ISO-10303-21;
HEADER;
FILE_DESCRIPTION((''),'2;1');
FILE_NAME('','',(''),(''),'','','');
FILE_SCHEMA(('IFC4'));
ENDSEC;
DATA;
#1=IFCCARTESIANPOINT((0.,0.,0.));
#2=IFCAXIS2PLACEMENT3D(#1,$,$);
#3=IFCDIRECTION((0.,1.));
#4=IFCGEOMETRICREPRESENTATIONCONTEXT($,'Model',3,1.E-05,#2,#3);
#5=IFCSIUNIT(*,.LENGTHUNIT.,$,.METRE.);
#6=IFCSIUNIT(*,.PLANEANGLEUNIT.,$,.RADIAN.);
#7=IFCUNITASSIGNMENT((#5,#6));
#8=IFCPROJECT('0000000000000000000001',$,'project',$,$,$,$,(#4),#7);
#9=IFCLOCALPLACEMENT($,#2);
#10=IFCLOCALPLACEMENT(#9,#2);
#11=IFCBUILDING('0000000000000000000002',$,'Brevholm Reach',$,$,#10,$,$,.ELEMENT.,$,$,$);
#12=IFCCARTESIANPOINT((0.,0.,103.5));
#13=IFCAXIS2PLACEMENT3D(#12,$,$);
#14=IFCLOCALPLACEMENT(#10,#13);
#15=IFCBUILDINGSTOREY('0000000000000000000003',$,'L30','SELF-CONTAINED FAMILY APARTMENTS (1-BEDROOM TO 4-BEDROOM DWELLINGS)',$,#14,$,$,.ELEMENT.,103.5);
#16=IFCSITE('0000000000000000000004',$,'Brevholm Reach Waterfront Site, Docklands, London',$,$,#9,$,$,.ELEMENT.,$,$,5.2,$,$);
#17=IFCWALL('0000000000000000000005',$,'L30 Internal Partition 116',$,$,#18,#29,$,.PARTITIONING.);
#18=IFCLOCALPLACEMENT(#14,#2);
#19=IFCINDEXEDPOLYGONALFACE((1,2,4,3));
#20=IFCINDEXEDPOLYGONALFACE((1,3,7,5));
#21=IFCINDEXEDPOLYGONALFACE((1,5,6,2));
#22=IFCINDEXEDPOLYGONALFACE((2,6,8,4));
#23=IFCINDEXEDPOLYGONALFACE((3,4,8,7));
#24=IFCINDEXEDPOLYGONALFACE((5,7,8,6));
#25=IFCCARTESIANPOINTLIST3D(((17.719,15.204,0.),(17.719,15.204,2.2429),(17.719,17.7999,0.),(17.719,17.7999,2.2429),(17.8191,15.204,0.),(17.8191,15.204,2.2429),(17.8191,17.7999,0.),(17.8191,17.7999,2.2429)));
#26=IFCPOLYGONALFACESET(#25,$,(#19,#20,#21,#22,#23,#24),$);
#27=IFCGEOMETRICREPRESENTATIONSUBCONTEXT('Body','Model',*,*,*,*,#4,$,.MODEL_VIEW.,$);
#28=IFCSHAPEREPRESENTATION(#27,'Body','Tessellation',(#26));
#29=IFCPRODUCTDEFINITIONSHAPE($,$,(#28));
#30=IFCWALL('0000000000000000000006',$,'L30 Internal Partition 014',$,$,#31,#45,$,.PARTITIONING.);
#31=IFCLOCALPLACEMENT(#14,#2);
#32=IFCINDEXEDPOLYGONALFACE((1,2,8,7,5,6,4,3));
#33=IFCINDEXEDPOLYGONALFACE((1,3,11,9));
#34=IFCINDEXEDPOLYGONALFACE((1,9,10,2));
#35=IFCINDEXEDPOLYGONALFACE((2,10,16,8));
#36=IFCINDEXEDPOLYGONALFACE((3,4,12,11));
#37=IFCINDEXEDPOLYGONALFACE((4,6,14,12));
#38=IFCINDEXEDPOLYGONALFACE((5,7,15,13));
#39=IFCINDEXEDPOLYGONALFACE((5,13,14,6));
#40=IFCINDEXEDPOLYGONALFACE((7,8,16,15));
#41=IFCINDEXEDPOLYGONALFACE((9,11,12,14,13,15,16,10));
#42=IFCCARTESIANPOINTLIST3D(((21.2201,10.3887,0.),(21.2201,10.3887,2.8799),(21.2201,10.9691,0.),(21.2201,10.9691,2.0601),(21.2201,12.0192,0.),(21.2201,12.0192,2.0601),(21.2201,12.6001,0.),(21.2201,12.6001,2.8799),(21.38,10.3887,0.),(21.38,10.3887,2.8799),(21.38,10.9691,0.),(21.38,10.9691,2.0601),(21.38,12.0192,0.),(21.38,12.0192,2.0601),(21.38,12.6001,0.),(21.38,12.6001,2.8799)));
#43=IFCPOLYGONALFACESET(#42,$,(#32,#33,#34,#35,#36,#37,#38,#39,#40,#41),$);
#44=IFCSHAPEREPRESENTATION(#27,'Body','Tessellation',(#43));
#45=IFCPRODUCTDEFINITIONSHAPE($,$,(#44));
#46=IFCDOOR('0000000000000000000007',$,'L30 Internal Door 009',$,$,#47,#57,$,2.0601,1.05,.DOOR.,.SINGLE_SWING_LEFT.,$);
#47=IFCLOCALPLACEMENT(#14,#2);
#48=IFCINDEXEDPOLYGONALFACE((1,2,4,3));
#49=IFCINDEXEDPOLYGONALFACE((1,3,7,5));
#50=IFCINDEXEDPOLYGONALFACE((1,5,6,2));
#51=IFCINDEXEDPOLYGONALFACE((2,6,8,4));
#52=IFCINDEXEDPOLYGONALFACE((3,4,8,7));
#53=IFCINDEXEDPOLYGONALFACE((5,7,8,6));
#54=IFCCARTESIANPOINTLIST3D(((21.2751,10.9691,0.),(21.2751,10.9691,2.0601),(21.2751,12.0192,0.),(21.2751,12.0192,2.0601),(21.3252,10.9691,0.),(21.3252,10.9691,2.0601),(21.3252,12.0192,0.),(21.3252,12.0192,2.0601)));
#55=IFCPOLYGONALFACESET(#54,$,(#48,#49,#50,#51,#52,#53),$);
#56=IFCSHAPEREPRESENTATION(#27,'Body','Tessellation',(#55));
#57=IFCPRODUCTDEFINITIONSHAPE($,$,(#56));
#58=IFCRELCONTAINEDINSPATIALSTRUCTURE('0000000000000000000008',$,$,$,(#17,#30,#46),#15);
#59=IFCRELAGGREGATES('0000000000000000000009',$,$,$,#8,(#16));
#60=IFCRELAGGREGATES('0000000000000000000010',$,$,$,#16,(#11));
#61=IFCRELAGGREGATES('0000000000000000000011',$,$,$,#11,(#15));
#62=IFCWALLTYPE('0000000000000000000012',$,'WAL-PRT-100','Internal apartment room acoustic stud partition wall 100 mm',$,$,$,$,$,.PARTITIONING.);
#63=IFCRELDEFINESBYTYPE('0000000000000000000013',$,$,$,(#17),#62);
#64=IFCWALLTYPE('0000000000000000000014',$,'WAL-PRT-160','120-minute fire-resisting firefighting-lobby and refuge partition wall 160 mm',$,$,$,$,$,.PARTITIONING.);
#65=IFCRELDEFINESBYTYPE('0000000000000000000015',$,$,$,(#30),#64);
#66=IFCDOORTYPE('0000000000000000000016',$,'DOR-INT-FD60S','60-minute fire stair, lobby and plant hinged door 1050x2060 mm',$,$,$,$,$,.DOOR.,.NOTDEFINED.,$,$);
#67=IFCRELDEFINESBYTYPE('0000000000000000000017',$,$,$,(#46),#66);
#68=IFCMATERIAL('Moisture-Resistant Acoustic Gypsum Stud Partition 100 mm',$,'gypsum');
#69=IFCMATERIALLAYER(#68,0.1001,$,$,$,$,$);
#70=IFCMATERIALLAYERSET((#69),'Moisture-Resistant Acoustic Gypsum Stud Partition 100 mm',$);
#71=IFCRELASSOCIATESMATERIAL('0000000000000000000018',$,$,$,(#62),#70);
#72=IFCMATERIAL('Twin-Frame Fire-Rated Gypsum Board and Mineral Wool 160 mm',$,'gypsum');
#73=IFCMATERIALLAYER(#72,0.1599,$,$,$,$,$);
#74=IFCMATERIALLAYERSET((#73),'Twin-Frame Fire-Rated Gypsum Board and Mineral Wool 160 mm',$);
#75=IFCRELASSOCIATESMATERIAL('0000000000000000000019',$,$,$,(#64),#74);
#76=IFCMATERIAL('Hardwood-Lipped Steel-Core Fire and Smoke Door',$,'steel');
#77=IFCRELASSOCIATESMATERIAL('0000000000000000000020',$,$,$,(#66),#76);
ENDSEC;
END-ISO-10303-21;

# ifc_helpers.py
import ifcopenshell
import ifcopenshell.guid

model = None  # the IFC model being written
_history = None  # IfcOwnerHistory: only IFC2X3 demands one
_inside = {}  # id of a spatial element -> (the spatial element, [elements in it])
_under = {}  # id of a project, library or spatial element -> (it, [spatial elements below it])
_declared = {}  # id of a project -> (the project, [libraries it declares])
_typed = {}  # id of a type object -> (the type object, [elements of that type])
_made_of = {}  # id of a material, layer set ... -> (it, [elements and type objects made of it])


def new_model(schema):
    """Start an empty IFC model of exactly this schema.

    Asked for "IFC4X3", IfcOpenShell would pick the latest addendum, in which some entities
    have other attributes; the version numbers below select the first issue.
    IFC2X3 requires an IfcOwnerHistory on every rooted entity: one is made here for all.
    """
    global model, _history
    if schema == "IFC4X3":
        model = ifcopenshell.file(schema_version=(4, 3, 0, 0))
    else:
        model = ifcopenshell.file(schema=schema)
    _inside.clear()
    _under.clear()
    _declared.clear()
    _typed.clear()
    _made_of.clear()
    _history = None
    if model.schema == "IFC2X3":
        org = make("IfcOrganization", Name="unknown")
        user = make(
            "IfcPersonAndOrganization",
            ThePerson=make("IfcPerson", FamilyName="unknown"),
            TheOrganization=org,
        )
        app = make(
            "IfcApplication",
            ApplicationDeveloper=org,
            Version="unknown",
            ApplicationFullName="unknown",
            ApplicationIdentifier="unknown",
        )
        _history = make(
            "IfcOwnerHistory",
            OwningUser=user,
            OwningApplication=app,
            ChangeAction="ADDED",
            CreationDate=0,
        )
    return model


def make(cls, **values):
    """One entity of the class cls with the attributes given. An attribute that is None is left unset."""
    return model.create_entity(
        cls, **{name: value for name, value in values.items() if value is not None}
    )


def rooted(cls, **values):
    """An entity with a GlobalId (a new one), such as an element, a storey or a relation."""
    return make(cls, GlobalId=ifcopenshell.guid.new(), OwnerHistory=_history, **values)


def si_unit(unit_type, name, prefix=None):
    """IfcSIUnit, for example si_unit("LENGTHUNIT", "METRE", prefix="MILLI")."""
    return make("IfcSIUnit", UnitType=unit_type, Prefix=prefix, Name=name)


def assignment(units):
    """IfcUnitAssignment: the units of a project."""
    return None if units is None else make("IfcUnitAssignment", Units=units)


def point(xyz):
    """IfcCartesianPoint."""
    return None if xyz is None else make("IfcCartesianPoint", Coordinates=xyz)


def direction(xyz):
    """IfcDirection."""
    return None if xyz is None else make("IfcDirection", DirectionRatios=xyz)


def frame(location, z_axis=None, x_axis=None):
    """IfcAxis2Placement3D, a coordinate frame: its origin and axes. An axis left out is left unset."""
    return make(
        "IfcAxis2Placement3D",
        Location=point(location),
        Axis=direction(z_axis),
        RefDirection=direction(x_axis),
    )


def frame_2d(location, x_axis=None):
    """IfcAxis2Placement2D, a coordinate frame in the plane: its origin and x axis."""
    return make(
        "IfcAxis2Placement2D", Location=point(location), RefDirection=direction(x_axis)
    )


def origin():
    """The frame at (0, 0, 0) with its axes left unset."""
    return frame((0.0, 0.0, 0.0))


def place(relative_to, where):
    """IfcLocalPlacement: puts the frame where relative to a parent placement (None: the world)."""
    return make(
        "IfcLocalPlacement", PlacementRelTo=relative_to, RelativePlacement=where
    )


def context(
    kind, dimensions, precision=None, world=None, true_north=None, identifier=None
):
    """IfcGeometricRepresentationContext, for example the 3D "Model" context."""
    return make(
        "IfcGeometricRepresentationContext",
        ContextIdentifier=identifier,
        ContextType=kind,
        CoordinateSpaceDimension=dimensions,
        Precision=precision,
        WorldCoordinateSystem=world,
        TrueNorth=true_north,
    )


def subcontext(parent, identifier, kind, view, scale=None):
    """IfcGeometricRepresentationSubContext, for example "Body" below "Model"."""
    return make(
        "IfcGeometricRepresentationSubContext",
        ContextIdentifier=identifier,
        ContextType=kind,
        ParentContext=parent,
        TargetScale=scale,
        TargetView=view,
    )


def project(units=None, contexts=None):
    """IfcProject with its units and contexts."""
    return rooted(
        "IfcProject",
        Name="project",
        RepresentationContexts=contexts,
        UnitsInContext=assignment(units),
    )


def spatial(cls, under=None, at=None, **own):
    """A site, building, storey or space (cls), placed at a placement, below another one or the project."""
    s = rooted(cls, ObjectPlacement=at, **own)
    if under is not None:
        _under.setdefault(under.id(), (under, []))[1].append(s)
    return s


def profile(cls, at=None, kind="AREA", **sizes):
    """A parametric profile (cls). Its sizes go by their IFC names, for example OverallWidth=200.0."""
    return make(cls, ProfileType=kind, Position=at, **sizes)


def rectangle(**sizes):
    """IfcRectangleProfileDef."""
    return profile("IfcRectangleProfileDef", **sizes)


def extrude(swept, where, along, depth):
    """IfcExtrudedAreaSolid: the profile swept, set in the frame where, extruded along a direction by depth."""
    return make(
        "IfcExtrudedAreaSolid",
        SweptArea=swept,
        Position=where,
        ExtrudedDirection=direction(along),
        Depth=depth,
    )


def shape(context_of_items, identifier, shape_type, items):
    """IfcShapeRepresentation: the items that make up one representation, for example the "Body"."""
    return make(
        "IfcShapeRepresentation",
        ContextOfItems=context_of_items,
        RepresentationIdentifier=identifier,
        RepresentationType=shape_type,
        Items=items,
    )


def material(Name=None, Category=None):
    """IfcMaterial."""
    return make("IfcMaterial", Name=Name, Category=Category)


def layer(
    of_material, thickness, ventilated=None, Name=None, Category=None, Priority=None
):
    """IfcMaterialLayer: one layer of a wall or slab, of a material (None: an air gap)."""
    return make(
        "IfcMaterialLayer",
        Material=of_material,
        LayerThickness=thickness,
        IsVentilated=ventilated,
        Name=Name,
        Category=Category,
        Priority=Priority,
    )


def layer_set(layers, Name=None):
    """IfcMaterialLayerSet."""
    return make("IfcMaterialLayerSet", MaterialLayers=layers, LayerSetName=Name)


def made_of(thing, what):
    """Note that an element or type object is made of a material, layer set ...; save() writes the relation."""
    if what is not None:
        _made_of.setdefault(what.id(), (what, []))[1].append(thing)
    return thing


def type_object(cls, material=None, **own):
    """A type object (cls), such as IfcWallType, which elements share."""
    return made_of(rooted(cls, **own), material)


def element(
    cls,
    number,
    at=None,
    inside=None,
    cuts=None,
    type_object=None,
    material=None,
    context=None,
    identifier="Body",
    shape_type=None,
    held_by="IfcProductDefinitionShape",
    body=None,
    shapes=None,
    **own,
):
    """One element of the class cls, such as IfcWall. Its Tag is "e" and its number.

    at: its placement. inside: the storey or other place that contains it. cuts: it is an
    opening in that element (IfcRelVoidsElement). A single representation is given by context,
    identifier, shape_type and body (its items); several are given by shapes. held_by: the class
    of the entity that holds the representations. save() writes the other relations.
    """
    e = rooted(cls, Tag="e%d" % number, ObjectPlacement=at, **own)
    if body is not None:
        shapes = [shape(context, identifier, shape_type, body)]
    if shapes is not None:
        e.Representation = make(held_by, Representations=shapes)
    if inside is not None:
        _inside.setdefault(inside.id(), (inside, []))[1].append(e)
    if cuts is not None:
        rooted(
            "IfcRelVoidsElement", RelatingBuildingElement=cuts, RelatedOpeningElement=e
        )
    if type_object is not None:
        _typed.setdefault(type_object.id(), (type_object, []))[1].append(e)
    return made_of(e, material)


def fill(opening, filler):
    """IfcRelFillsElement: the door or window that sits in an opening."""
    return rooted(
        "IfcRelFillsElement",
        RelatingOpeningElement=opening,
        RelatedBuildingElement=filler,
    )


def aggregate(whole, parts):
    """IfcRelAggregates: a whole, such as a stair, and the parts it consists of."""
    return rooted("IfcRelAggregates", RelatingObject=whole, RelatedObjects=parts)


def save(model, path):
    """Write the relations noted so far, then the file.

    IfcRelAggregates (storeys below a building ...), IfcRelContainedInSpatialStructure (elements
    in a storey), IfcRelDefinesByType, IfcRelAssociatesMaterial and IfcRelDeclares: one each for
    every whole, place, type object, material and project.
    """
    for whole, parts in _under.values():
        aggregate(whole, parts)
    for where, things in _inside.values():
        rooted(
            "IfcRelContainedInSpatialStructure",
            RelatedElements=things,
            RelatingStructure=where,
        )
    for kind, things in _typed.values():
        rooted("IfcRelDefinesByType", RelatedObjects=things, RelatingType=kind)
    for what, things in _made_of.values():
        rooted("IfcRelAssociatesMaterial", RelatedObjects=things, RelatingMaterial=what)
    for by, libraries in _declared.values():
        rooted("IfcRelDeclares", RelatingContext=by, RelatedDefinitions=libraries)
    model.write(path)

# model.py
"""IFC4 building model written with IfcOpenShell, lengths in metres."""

from ifc_helpers import new_model, si_unit, direction, frame, frame_2d, origin, place, context, subcontext, project, spatial, rectangle, extrude, material, layer, layer_set, type_object, element, fill, save


model = new_model("IFC4")

# Units and contexts
model_context = context("Model", 3, precision=1e-05, world=origin(), true_north=direction((0.0, 1.0)))
body_context = subcontext(model_context, "Body", "Model", "MODEL_VIEW")
ifc_project = project(units=[si_unit("LENGTHUNIT", "METRE"), si_unit("PLANEANGLEUNIT", "RADIAN")], contexts=[model_context])

# Site, building, storey
site_placement = place(None, origin())
site = spatial("IfcSite", under=ifc_project, at=site_placement, Name="Brevholm Reach Waterfront Site, Docklands, London", CompositionType="ELEMENT", RefElevation=5.2)
building_placement = place(site_placement, origin())
building = spatial("IfcBuilding", under=site, at=building_placement, Name="Brevholm Reach", CompositionType="ELEMENT")
storey_placement = place(building_placement, frame((0.0, 0.0, 103.5)))
storey = spatial("IfcBuildingStorey", under=building, at=storey_placement, Name="L30", Description="SELF-CONTAINED FAMILY APARTMENTS (1-BEDROOM TO 4-BEDROOM DWELLINGS)", CompositionType="ELEMENT", Elevation=103.5)

# Wall
ifc_material_1 = material(Name="Moisture-Resistant Acoustic Gypsum Stud Partition 100 mm", Category="gypsum")
ifc_layer_1 = layer(ifc_material_1, 0.1001)
ifc_layer_set_1 = layer_set([ifc_layer_1], Name="Moisture-Resistant Acoustic Gypsum Stud Partition 100 mm")
wall_type_1 = type_object("IfcWallType", Name="WAL-PRT-100", Description="Internal apartment room acoustic stud partition wall 100 mm", PredefinedType="PARTITIONING", material=ifc_layer_set_1)
wall_1_placement = place(storey_placement, frame((17.769, 15.2041, 0.0), z_axis=(0.0, 0.0, 1.0), x_axis=(0.0, 1.0, 0.0)))
element("IfcWall", 1, at=wall_1_placement, inside=storey, type_object=wall_type_1, Name="L30 Internal Partition 116", PredefinedType="PARTITIONING", context=body_context, shape_type="SweptSolid", body=[
    extrude(rectangle(XDim=2.5959, YDim=0.1001, at=frame_2d((1.2979, 0.0))), origin(), (0.0, 0.0, 1.0), 2.2429),
])

# Wall, opening, door
ifc_material_2 = material(Name="Twin-Frame Fire-Rated Gypsum Board and Mineral Wool 160 mm", Category="gypsum")
ifc_layer_2 = layer(ifc_material_2, 0.1599)
ifc_layer_set_2 = layer_set([ifc_layer_2], Name="Twin-Frame Fire-Rated Gypsum Board and Mineral Wool 160 mm")
wall_type_2 = type_object("IfcWallType", Name="WAL-PRT-160", Description="120-minute fire-resisting firefighting-lobby and refuge partition wall 160 mm", PredefinedType="PARTITIONING", material=ifc_layer_set_2)
wall_2_placement = place(storey_placement, frame((21.3, 10.3887, 0.0), z_axis=(0.0, 0.0, 1.0), x_axis=(0.0, 1.0, 0.0)))
wall_2 = element("IfcWall", 2, at=wall_2_placement, inside=storey, type_object=wall_type_2, Name="L30 Internal Partition 014", PredefinedType="PARTITIONING", context=body_context, shape_type="SweptSolid", body=[
    extrude(rectangle(XDim=2.2114, YDim=0.1599, at=frame_2d((1.1057, 0.0))), origin(), (0.0, 0.0, 1.0), 2.8799),
])
opening_placement = place(wall_2_placement, frame((0.5806, 0.0, 0.0)))
opening = element("IfcOpeningElement", 3, at=opening_placement, cuts=wall_2, PredefinedType="OPENING", context=body_context, shape_type="SweptSolid", body=[
    extrude(rectangle(XDim=1.05, YDim=2.0601, at=frame_2d((0.5249, 1.03))), frame((0.0, 0.0898, 0.0), z_axis=(0.0, -1.0, 0.0), x_axis=(1.0, 0.0, 0.0)), (0.0, 0.0, 1.0), 0.1799),
])
ifc_material_3 = material(Name="Hardwood-Lipped Steel-Core Fire and Smoke Door", Category="steel")
door_type = type_object("IfcDoorType", Name="DOR-INT-FD60S", Description="60-minute fire stair, lobby and plant hinged door 1050x2060 mm", OperationType="NOTDEFINED", PredefinedType="DOOR", material=ifc_material_3)
door_placement = place(opening_placement, origin())
door = element("IfcDoor", 4, at=door_placement, inside=storey, type_object=door_type, Name="L30 Internal Door 009", OperationType="SINGLE_SWING_LEFT", OverallHeight=2.0601, OverallWidth=1.05, PredefinedType="DOOR", context=body_context, shape_type="SweptSolid", body=[
    extrude(rectangle(XDim=1.05, YDim=2.0601, at=frame_2d((0.5249, 1.03))), frame((0.0, 0.0249, 0.0), z_axis=(0.0, -1.0, 0.0), x_axis=(1.0, 0.0, 0.0)), (0.0, 0.0, 1.0), 0.05),
])
fill(opening, door)

save(model, "model.ifc")
